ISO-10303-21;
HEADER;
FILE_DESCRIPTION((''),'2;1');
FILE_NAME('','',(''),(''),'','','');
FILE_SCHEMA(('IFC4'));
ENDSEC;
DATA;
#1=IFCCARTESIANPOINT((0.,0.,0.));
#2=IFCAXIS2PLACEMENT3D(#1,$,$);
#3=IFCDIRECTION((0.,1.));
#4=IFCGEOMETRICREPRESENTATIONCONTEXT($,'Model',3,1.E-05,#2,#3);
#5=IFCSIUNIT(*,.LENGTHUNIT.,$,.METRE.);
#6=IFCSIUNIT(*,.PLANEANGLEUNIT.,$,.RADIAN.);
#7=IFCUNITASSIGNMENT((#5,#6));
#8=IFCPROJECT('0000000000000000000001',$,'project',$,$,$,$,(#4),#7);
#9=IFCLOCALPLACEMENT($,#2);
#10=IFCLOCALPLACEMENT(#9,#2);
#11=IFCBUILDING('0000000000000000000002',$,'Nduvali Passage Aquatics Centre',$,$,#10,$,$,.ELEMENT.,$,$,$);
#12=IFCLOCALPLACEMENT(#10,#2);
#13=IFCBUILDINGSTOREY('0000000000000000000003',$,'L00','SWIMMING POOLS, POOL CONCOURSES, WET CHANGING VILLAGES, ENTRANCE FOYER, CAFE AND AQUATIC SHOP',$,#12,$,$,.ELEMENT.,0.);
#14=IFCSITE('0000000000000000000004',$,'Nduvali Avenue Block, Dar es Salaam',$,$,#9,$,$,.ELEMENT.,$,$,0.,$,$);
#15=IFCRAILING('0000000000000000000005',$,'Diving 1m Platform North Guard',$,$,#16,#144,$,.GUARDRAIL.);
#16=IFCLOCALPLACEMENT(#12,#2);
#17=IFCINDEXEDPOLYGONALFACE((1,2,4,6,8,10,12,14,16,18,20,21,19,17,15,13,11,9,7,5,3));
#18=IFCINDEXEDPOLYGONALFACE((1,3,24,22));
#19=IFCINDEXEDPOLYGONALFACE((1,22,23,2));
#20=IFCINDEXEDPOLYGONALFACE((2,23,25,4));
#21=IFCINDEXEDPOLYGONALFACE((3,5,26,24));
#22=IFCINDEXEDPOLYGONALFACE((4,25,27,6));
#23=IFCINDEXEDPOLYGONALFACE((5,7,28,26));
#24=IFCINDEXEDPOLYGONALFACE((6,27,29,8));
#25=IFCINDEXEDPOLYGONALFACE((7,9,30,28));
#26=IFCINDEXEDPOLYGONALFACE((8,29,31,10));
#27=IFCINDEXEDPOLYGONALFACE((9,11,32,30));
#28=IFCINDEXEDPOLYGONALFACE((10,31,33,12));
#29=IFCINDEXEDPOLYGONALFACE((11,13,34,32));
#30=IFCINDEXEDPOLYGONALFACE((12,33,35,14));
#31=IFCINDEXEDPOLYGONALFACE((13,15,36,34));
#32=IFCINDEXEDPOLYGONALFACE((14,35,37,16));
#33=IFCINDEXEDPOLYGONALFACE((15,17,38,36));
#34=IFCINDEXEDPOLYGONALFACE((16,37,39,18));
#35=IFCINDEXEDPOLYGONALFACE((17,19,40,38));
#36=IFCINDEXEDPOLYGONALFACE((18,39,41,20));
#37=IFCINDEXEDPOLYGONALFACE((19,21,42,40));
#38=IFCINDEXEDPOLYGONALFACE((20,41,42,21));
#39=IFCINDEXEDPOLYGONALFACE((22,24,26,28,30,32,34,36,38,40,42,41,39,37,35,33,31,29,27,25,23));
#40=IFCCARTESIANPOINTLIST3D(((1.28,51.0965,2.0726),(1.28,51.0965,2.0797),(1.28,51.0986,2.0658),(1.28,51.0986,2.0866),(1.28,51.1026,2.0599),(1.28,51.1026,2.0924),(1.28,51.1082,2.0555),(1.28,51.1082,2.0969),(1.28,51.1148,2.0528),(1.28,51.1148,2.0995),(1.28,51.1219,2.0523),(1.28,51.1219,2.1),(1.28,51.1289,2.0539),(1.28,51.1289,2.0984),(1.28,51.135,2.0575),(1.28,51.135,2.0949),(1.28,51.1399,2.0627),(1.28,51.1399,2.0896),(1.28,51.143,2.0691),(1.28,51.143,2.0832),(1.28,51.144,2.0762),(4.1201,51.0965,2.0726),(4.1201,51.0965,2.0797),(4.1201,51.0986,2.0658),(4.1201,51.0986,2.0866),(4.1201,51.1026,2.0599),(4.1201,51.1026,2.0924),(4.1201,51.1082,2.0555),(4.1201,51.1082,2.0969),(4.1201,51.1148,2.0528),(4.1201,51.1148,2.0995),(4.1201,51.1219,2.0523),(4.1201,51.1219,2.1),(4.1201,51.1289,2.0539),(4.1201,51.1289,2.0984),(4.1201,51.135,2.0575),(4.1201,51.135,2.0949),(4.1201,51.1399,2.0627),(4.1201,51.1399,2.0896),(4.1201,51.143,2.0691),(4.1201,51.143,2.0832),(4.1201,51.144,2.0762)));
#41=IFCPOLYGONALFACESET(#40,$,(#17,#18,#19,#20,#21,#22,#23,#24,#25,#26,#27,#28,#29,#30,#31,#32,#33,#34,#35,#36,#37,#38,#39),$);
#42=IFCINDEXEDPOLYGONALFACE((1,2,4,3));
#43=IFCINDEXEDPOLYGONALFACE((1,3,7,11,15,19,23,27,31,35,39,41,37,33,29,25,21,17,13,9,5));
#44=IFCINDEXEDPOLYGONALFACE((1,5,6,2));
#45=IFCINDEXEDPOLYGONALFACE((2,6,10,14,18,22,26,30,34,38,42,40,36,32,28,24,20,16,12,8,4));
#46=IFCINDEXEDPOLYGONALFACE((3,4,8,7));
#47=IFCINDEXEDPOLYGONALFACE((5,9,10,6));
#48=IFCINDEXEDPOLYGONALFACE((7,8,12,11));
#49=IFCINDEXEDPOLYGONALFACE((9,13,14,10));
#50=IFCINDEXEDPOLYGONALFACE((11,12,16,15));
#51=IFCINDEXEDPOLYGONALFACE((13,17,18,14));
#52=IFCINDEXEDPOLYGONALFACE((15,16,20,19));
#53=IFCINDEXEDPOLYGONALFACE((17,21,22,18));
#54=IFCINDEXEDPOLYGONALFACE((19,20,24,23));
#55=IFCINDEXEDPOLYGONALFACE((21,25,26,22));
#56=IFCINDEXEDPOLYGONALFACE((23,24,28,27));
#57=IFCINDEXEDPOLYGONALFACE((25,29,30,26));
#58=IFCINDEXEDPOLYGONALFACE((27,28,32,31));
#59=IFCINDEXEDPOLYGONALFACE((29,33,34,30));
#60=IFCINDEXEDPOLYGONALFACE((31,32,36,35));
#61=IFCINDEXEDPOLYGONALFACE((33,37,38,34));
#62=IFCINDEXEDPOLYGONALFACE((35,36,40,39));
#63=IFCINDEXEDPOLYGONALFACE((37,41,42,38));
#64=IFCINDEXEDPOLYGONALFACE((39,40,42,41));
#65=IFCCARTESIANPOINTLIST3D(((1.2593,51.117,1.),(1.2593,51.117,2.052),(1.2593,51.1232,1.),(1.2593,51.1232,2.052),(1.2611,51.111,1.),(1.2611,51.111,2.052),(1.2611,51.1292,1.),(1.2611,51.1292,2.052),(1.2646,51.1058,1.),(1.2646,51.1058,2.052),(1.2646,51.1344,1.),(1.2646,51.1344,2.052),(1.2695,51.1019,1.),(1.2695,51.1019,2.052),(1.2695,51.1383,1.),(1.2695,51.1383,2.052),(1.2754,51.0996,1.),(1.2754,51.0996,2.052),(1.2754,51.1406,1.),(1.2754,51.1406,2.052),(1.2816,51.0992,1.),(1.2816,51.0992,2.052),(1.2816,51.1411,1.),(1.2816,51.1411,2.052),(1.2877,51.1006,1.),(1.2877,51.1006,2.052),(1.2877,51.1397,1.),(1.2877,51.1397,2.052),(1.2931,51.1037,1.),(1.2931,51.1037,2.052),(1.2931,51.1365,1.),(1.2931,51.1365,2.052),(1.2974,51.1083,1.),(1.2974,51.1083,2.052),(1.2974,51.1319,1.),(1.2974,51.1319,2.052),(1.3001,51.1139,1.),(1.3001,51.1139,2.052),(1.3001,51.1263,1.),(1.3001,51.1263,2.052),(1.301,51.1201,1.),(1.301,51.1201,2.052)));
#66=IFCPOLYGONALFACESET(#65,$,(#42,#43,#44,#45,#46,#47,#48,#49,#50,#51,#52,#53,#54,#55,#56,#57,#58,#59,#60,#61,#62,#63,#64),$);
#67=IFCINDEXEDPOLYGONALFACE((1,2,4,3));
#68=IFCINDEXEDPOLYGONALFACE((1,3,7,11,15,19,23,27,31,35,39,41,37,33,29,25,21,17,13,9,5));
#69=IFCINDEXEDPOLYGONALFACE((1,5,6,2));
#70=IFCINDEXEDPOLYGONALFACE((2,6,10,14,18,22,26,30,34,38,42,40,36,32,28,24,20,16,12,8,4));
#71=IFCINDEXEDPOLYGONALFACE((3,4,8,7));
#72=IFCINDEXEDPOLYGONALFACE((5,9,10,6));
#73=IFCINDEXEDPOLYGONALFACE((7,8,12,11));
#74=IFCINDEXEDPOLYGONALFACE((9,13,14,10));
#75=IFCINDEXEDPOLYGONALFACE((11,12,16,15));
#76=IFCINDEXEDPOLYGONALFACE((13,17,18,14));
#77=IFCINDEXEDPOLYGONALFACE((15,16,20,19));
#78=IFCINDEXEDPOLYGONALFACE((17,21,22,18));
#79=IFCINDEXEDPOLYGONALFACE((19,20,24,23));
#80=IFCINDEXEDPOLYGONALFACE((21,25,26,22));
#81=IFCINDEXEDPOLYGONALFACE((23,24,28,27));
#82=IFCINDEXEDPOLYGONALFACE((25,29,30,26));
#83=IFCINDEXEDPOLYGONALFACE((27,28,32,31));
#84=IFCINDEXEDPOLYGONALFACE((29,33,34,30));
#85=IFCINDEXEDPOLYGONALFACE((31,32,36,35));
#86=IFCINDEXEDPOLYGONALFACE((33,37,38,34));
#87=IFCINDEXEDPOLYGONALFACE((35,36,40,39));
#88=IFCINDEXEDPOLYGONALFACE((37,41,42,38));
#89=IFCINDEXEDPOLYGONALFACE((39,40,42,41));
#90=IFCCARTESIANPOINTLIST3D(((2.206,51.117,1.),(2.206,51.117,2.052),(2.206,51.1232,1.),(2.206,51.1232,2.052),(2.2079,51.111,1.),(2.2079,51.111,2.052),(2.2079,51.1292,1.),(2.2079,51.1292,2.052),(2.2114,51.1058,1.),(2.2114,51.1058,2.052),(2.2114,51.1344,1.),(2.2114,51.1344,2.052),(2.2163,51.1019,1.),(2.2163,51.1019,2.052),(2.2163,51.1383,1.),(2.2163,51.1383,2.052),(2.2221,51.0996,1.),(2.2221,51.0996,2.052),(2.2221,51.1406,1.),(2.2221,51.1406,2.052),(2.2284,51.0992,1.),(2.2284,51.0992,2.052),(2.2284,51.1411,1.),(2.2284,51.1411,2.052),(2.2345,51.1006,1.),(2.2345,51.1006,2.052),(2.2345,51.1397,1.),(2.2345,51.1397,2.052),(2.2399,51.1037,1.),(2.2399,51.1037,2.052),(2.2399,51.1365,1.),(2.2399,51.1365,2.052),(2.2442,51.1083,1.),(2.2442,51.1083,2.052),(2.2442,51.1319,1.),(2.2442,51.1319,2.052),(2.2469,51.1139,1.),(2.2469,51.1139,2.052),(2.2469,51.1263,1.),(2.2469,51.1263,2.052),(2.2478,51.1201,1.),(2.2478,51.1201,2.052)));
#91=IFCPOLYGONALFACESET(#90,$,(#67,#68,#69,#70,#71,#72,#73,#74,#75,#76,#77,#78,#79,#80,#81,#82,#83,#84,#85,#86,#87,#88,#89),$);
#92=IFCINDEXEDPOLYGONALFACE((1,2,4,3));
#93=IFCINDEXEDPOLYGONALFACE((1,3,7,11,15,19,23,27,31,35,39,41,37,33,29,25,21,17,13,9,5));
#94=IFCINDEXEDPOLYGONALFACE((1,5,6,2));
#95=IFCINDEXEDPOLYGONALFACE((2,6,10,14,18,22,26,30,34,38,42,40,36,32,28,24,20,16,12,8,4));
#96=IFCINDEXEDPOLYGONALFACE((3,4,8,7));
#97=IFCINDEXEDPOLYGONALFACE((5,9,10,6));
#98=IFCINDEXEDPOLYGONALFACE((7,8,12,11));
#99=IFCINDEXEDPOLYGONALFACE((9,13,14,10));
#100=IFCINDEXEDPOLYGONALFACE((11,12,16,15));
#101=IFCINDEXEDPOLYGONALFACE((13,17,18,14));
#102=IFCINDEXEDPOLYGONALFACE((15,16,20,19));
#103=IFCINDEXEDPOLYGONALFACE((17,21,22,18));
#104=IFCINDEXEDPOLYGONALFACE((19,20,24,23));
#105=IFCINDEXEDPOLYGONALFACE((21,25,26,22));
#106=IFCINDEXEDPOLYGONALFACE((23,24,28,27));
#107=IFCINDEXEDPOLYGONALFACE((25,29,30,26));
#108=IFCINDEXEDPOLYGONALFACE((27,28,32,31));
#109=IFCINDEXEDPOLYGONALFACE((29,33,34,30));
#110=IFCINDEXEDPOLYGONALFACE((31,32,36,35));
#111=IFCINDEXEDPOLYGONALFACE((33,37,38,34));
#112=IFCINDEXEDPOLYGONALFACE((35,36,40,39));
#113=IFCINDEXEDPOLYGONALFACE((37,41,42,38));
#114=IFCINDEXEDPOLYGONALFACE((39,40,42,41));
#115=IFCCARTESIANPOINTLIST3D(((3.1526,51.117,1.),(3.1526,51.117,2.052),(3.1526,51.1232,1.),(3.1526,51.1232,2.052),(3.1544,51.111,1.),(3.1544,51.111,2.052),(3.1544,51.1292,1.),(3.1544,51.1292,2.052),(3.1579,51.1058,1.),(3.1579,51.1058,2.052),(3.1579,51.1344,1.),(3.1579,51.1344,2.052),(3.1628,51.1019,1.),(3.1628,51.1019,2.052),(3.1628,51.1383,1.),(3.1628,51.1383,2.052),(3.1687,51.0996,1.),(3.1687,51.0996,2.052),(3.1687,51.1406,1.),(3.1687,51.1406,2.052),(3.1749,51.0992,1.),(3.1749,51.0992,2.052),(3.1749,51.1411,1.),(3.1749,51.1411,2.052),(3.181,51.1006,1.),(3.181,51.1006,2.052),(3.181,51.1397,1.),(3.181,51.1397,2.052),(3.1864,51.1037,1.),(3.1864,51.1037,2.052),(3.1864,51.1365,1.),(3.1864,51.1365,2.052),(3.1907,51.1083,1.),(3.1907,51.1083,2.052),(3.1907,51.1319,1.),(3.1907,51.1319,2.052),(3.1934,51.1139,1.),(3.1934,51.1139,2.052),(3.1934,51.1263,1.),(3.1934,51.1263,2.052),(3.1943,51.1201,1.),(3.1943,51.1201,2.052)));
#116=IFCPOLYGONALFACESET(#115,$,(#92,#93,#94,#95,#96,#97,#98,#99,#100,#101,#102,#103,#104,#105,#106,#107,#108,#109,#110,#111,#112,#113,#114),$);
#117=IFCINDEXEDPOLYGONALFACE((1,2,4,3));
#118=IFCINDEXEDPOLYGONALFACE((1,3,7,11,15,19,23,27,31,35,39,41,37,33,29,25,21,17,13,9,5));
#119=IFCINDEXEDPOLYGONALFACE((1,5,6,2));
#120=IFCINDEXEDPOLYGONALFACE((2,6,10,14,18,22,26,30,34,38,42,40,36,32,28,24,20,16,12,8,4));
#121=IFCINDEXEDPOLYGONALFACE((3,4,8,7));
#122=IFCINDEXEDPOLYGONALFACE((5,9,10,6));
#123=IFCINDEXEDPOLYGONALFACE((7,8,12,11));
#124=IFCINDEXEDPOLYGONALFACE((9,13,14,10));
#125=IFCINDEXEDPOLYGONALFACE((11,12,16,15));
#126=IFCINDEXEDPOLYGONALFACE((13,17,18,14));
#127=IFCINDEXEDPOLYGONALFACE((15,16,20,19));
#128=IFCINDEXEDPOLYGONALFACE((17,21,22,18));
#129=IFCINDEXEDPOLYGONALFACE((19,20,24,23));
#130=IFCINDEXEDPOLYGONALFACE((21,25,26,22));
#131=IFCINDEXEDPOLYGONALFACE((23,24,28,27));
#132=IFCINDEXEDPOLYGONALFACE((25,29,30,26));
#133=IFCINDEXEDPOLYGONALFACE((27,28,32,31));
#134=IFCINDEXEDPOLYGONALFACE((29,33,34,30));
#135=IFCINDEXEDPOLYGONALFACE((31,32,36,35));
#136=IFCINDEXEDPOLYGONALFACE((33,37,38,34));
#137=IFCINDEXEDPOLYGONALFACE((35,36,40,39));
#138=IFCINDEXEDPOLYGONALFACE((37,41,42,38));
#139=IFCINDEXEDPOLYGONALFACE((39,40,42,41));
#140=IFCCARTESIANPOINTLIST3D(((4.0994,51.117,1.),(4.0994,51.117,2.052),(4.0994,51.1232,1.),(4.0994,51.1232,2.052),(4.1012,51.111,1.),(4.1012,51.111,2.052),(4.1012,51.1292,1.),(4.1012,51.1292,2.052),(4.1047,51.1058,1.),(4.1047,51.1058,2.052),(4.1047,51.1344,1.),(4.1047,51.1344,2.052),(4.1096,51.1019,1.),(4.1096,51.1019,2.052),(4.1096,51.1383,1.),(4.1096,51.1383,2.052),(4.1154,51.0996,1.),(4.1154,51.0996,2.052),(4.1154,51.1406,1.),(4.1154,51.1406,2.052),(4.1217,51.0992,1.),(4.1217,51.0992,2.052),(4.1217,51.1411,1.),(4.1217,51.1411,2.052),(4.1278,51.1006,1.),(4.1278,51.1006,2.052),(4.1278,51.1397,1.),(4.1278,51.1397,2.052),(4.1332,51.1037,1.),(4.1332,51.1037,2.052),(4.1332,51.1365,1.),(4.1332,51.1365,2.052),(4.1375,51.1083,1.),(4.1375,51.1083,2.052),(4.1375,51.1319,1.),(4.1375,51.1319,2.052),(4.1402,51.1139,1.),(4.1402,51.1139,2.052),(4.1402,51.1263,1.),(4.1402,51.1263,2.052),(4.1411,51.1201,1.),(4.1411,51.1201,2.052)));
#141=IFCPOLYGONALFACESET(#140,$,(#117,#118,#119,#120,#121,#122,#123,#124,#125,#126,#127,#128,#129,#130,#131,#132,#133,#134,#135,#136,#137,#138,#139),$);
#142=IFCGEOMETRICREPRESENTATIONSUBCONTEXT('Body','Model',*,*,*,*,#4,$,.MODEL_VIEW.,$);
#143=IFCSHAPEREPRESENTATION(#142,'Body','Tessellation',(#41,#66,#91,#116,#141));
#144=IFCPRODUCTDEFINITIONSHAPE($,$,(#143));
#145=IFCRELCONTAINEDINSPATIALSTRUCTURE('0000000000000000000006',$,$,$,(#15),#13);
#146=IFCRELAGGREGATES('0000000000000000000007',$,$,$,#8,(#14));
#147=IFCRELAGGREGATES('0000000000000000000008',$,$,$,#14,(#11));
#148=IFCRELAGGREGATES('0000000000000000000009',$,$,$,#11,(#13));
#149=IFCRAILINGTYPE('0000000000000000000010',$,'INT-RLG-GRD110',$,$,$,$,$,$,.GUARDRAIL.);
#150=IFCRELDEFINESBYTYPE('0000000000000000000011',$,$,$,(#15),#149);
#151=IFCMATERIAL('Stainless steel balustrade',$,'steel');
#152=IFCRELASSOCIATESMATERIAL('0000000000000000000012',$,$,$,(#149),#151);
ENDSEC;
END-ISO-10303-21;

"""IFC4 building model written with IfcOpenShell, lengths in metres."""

from ifc_helpers import new_model, si_unit, direction, frame, origin, origin_2d, place, context, subcontext, project, spatial, circle, extrude, material, type_object, element, save


model = new_model("IFC4")

# Units and contexts
model_context = context("Model", 3, precision=1e-05, world=origin(), true_north=direction((0.0, 1.0)))
body_context = subcontext(model_context, "Body", "Model", "MODEL_VIEW")
ifc_project = project(units=[si_unit("LENGTHUNIT", "METRE"), si_unit("PLANEANGLEUNIT", "RADIAN")], contexts=[model_context])

# Site, building, storey
site_placement = place(None, origin())
site = spatial("IfcSite", under=ifc_project, at=site_placement, Name="Nduvali Avenue Block, Dar es Salaam", CompositionType="ELEMENT", RefElevation=0.0)
building_placement = place(site_placement, origin())
building = spatial("IfcBuilding", under=site, at=building_placement, Name="Nduvali Passage Aquatics Centre", CompositionType="ELEMENT")
storey_placement = place(building_placement, origin())
storey = spatial("IfcBuildingStorey", under=building, at=storey_placement, Name="L00", Description="SWIMMING POOLS, POOL CONCOURSES, WET CHANGING VILLAGES, ENTRANCE FOYER, CAFE AND AQUATIC SHOP", CompositionType="ELEMENT", Elevation=0.0)

# Railing
ifc_material_1 = material(Name="Stainless steel balustrade", Category="steel")
railing_type_1 = type_object("IfcRailingType", Name="INT-RLG-GRD110", PredefinedType="GUARDRAIL", material=ifc_material_1)
railing_1_placement = place(storey_placement, frame((1.28, 51.1201, 1.0)))
element("IfcRailing", 1, at=railing_1_placement, inside=storey, type_object=railing_type_1, Name="Diving 1m Platform North Guard", PredefinedType="GUARDRAIL", context=body_context, shape_type="SweptSolid", body=[
    extrude(circle(Radius=0.0239, at=origin_2d()), frame((0.0, 0.0, 1.0762), z_axis=(1.0, 0.0, 0.0), x_axis=(0.0, 1.0, 0.0)), (0.0, 0.0, 1.0), 2.8401),
    extrude(circle(Radius=0.021, at=origin_2d()), origin(), (0.0, 0.0, 1.0), 1.052),
    extrude(circle(Radius=0.021, at=origin_2d()), frame((0.9468, 0.0, 0.0)), (0.0, 0.0, 1.0), 1.052),
    extrude(circle(Radius=0.021, at=origin_2d()), frame((1.8933, 0.0, 0.0)), (0.0, 0.0, 1.0), 1.052),
    extrude(circle(Radius=0.021, at=origin_2d()), frame((2.8401, 0.0, 0.0)), (0.0, 0.0, 1.0), 1.052),
])

save(model, "model.ifc")
